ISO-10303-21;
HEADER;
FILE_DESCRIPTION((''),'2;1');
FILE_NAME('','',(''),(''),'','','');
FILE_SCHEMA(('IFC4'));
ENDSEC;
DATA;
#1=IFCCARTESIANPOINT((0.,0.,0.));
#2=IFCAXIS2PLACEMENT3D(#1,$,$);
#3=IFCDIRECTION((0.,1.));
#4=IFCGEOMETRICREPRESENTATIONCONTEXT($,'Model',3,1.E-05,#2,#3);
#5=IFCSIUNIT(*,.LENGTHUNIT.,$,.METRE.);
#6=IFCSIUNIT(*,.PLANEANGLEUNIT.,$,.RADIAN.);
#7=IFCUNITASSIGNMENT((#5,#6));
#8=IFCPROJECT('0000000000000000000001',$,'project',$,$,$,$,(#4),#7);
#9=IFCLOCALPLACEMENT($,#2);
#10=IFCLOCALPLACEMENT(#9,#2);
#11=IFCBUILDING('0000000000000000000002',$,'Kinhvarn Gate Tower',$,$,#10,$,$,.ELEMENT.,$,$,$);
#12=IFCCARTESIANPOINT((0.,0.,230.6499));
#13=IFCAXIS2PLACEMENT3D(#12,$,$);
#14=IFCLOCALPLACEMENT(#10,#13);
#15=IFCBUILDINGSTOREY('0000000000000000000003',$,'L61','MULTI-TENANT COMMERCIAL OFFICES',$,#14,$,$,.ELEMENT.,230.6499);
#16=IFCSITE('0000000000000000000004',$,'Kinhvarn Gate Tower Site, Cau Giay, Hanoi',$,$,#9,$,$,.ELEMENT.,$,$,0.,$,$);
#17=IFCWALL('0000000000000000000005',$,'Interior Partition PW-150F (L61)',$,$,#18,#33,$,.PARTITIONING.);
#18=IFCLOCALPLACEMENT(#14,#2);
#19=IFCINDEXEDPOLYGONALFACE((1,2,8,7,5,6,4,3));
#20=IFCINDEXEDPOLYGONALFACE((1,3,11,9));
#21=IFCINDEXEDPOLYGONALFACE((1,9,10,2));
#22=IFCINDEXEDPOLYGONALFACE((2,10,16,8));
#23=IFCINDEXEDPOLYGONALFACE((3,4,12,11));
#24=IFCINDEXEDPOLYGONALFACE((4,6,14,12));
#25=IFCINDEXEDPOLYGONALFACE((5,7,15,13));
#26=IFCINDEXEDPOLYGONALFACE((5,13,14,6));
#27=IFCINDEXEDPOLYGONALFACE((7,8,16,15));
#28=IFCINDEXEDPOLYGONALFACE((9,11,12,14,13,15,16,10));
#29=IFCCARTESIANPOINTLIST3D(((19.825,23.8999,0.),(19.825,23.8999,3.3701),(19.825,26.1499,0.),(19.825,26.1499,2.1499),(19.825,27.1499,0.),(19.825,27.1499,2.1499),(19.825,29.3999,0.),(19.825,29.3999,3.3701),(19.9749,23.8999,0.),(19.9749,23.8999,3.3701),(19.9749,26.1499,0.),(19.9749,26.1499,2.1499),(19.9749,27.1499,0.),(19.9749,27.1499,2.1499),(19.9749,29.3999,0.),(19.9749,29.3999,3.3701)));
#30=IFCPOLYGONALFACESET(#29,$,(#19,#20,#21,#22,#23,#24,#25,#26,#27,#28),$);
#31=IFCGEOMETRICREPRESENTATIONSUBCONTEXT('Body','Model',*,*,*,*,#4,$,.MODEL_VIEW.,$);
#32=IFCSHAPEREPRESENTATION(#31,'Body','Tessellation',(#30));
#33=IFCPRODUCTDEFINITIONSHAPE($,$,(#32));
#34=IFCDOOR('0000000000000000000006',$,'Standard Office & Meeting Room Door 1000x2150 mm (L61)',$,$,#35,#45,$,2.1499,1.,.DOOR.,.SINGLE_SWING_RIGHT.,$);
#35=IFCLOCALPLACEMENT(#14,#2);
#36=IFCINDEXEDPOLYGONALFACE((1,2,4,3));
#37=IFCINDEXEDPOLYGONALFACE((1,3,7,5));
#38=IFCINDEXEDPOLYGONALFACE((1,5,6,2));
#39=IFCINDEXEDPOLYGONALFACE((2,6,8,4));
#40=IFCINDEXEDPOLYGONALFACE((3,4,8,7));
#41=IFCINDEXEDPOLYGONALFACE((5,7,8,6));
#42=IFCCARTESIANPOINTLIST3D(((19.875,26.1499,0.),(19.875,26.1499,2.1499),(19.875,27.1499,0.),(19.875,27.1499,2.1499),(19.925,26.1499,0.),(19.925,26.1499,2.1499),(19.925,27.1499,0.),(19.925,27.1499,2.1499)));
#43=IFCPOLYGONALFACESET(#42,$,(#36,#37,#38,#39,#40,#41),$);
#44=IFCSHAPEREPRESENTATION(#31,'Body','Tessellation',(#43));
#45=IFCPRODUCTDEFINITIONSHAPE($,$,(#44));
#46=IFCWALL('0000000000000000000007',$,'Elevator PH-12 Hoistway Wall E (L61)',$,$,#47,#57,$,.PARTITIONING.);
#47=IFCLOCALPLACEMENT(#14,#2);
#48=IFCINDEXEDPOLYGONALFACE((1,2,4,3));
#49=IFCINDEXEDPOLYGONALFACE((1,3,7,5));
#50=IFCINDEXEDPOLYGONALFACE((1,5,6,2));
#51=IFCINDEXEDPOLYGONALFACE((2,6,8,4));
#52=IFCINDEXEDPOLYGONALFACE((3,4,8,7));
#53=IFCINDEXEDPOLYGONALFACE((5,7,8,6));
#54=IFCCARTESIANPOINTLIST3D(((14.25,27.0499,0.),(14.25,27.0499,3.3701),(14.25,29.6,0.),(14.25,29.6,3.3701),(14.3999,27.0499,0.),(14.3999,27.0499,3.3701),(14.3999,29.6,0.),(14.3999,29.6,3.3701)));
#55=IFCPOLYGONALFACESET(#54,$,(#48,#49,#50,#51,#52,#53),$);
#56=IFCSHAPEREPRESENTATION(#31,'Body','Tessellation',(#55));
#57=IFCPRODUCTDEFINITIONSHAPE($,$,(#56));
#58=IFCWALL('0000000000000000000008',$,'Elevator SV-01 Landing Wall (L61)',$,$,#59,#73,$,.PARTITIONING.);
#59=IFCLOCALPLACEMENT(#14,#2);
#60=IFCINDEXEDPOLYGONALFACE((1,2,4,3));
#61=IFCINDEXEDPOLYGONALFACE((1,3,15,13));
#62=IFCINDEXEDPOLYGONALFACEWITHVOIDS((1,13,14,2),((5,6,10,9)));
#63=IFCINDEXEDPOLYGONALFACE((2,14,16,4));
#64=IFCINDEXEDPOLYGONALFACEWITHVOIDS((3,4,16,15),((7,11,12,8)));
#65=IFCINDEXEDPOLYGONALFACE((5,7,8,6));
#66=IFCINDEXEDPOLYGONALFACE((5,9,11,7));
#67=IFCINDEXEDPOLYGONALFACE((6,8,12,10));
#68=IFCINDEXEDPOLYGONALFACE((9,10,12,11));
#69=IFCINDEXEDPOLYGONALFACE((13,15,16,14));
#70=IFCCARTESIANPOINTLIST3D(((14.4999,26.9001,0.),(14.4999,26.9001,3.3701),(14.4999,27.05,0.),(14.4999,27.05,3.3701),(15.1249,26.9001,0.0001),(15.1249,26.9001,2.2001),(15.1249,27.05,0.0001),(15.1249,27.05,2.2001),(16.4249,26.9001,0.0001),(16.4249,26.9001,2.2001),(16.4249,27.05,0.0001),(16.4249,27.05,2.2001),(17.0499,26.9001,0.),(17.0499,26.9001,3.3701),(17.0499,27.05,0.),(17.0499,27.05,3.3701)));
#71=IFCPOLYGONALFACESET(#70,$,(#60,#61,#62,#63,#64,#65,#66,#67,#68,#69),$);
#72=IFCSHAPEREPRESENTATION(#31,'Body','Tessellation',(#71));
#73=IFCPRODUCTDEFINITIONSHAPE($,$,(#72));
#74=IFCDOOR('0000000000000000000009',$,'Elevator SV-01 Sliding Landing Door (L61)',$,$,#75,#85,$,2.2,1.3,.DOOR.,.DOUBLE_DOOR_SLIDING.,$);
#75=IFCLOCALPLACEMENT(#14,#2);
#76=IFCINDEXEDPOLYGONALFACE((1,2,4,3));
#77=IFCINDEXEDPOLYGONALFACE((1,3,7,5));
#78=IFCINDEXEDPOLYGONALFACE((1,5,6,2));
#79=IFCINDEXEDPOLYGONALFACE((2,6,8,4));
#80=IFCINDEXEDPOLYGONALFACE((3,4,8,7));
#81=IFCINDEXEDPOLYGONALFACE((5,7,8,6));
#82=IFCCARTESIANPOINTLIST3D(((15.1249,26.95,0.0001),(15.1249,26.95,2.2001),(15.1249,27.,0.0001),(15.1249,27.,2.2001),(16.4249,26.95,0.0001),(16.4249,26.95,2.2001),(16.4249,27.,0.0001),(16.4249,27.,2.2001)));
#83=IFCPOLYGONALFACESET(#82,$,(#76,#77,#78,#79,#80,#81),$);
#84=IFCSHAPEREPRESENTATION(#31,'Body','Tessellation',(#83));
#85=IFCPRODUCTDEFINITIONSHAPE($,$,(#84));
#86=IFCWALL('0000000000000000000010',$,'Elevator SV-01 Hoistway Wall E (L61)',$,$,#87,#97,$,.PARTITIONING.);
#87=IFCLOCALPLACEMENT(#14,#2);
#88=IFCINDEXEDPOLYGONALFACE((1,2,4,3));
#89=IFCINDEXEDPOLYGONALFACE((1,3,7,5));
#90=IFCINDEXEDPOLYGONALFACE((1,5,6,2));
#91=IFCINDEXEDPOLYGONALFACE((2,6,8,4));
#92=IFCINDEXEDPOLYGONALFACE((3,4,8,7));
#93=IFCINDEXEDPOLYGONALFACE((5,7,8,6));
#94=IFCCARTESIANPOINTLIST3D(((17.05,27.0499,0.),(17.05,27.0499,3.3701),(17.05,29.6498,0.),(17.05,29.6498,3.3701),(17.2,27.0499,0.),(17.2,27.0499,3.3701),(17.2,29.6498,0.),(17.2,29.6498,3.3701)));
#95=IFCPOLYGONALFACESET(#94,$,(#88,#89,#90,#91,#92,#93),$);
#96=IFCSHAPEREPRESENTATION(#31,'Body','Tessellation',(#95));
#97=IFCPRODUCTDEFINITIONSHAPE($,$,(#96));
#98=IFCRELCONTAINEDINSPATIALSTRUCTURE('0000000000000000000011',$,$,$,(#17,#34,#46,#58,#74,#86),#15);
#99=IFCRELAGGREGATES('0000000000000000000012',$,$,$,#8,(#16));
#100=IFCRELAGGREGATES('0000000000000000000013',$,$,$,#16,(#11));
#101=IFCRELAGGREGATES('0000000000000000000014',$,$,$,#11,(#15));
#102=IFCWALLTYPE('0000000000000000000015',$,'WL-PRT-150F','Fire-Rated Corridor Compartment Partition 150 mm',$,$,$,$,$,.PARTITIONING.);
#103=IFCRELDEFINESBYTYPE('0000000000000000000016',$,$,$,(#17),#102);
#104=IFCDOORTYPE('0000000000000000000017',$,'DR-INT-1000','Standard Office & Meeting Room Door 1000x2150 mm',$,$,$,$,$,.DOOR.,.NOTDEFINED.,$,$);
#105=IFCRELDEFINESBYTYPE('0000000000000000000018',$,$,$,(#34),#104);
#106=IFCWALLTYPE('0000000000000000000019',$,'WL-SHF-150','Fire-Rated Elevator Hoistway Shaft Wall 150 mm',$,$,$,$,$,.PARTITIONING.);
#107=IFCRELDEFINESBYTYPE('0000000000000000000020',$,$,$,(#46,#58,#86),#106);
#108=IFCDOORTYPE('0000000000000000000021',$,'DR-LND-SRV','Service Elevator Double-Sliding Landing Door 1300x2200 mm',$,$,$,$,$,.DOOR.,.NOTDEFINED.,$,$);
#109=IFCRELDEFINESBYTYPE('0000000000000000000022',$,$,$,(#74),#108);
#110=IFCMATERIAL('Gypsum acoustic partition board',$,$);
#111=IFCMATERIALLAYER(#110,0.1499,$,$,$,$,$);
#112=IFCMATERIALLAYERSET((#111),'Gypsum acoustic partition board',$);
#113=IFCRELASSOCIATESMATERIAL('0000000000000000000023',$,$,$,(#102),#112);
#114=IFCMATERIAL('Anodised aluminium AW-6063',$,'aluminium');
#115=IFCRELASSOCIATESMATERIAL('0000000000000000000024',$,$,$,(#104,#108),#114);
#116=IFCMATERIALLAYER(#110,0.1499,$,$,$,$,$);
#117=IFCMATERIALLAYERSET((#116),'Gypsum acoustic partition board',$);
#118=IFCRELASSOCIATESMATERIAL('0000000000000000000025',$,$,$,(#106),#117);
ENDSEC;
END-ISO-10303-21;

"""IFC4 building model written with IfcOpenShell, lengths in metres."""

from ifc_helpers import new_model, si_unit, direction, frame, frame_2d, origin, place, context, subcontext, project, spatial, rectangle, extrude, material, layer, layer_set, type_object, element, fill, save


model = new_model("IFC4")

# Units and contexts
model_context = context("Model", 3, precision=1e-05, world=origin(), true_north=direction((0.0, 1.0)))
body_context = subcontext(model_context, "Body", "Model", "MODEL_VIEW")
ifc_project = project(units=[si_unit("LENGTHUNIT", "METRE"), si_unit("PLANEANGLEUNIT", "RADIAN")], contexts=[model_context])

# Site, building, storey
site_placement = place(None, origin())
site = spatial("IfcSite", under=ifc_project, at=site_placement, Name="Kinhvarn Gate Tower Site, Cau Giay, Hanoi", CompositionType="ELEMENT", RefElevation=0.0)
building_placement = place(site_placement, origin())
building = spatial("IfcBuilding", under=site, at=building_placement, Name="Kinhvarn Gate Tower", CompositionType="ELEMENT")
storey_placement = place(building_placement, frame((0.0, 0.0, 230.6499)))
storey = spatial("IfcBuildingStorey", under=building, at=storey_placement, Name="L61", Description="MULTI-TENANT COMMERCIAL OFFICES", CompositionType="ELEMENT", Elevation=230.6499)

# Shared definitions
ifc_material_1 = material(Name="Anodised aluminium AW-6063", Category="aluminium")

# Shared definitions
ifc_material_2 = material(Name="Gypsum acoustic partition board")

# Shared definitions
ifc_layer_1 = layer(ifc_material_2, 0.1499)
ifc_layer_set_1 = layer_set([ifc_layer_1], Name="Gypsum acoustic partition board")
wall_type_1 = type_object("IfcWallType", Name="WL-PRT-150F", Description="Fire-Rated Corridor Compartment Partition 150 mm", PredefinedType="PARTITIONING", material=ifc_layer_set_1)

# Wall, opening, door
wall_1_placement = place(storey_placement, frame((19.8999, 23.8999, 0.0), z_axis=(0.0, 0.0, 1.0), x_axis=(0.0, 1.0, 0.0)))
wall_1 = element("IfcWall", 1, at=wall_1_placement, inside=storey, type_object=wall_type_1, Name="Interior Partition PW-150F (L61)", PredefinedType="PARTITIONING", context=body_context, shape_type="SweptSolid", body=[
    extrude(rectangle(XDim=5.5, YDim=0.1499, at=frame_2d((2.75, 0.0))), origin(), (0.0, 0.0, 1.0), 3.3701),
])
opening_1_placement = place(wall_1_placement, frame((2.25, 0.0, 0.0)))
opening_1 = element("IfcOpeningElement", 2, at=opening_1_placement, cuts=wall_1, PredefinedType="OPENING", context=body_context, shape_type="SweptSolid", body=[
    extrude(rectangle(XDim=1.0, YDim=2.1499, at=frame_2d((0.5, 1.075))), frame((0.0, 0.085, 0.0), z_axis=(0.0, -1.0, 0.0), x_axis=(1.0, 0.0, 0.0)), (0.0, 0.0, 1.0), 0.1699),
])
door_type_1 = type_object("IfcDoorType", Name="DR-INT-1000", Description="Standard Office & Meeting Room Door 1000x2150 mm", OperationType="NOTDEFINED", PredefinedType="DOOR", material=ifc_material_1)
door_1_placement = place(opening_1_placement, origin())
door_1 = element("IfcDoor", 3, at=door_1_placement, inside=storey, type_object=door_type_1, Name="Standard Office & Meeting Room Door 1000x2150 mm (L61)", OperationType="SINGLE_SWING_RIGHT", OverallHeight=2.1499, OverallWidth=1.0, PredefinedType="DOOR", context=body_context, shape_type="SweptSolid", body=[
    extrude(rectangle(XDim=1.0, YDim=2.1499, at=frame_2d((0.5, 1.075))), frame((0.0, 0.0249, 0.0), z_axis=(0.0, -1.0, 0.0), x_axis=(1.0, 0.0, 0.0)), (0.0, 0.0, 1.0), 0.05),
])
fill(opening_1, door_1)

# Wall
ifc_layer_2 = layer(ifc_material_2, 0.1499)
ifc_layer_set_2 = layer_set([ifc_layer_2], Name="Gypsum acoustic partition board")
wall_type_2 = type_object("IfcWallType", Name="WL-SHF-150", Description="Fire-Rated Elevator Hoistway Shaft Wall 150 mm", PredefinedType="PARTITIONING", material=ifc_layer_set_2)
wall_2_placement = place(storey_placement, frame((14.325, 27.05, 0.0), z_axis=(0.0, 0.0, 1.0), x_axis=(0.0, 1.0, 0.0)))
element("IfcWall", 4, at=wall_2_placement, inside=storey, type_object=wall_type_2, Name="Elevator PH-12 Hoistway Wall E (L61)", PredefinedType="PARTITIONING", context=body_context, shape_type="SweptSolid", body=[
    extrude(rectangle(XDim=2.55, YDim=0.1499, at=frame_2d((1.2749, 0.0))), origin(), (0.0, 0.0, 1.0), 3.3701),
])

# Wall, opening, door
wall_3_placement = place(storey_placement, frame((14.5, 26.9751, 0.0), z_axis=(0.0, 0.0, 1.0), x_axis=(1.0, 0.0, 0.0)))
wall_3 = element("IfcWall", 5, at=wall_3_placement, inside=storey, type_object=wall_type_2, Name="Elevator SV-01 Landing Wall (L61)", PredefinedType="PARTITIONING", context=body_context, shape_type="SweptSolid", body=[
    extrude(rectangle(XDim=2.55, YDim=0.1499, at=frame_2d((1.2749, 0.0))), origin(), (0.0, 0.0, 1.0), 3.3701),
])
opening_2_placement = place(wall_3_placement, frame((0.625, 0.0, 0.0)))
opening_2 = element("IfcOpeningElement", 6, at=opening_2_placement, cuts=wall_3, PredefinedType="OPENING", context=body_context, shape_type="SweptSolid", body=[
    extrude(rectangle(XDim=1.3, YDim=2.2, at=frame_2d((0.6499, 1.1001))), frame((0.0, 0.085, 0.0), z_axis=(0.0, -1.0, 0.0), x_axis=(1.0, 0.0, 0.0)), (0.0, 0.0, 1.0), 0.1699),
])
door_type_2 = type_object("IfcDoorType", Name="DR-LND-SRV", Description="Service Elevator Double-Sliding Landing Door 1300x2200 mm", OperationType="NOTDEFINED", PredefinedType="DOOR", material=ifc_material_1)
door_2_placement = place(opening_2_placement, origin())
door_2 = element("IfcDoor", 7, at=door_2_placement, inside=storey, type_object=door_type_2, Name="Elevator SV-01 Sliding Landing Door (L61)", OperationType="DOUBLE_DOOR_SLIDING", OverallHeight=2.2, OverallWidth=1.3, PredefinedType="DOOR", context=body_context, shape_type="SweptSolid", body=[
    extrude(rectangle(XDim=1.3, YDim=2.2, at=frame_2d((0.6499, 1.1001))), frame((0.0, 0.0249, 0.0), z_axis=(0.0, -1.0, 0.0), x_axis=(1.0, 0.0, 0.0)), (0.0, 0.0, 1.0), 0.05),
])
fill(opening_2, door_2)

# Wall
wall_4_placement = place(storey_placement, frame((17.125, 27.05, 0.0), z_axis=(0.0, 0.0, 1.0), x_axis=(0.0, 1.0, 0.0)))
element("IfcWall", 8, at=wall_4_placement, inside=storey, type_object=wall_type_2, Name="Elevator SV-01 Hoistway Wall E (L61)", PredefinedType="PARTITIONING", context=body_context, shape_type="SweptSolid", body=[
    extrude(rectangle(XDim=2.5999, YDim=0.1499, at=frame_2d((1.2998, 0.0))), origin(), (0.0, 0.0, 1.0), 3.3701),
])

save(model, "model.ifc")
